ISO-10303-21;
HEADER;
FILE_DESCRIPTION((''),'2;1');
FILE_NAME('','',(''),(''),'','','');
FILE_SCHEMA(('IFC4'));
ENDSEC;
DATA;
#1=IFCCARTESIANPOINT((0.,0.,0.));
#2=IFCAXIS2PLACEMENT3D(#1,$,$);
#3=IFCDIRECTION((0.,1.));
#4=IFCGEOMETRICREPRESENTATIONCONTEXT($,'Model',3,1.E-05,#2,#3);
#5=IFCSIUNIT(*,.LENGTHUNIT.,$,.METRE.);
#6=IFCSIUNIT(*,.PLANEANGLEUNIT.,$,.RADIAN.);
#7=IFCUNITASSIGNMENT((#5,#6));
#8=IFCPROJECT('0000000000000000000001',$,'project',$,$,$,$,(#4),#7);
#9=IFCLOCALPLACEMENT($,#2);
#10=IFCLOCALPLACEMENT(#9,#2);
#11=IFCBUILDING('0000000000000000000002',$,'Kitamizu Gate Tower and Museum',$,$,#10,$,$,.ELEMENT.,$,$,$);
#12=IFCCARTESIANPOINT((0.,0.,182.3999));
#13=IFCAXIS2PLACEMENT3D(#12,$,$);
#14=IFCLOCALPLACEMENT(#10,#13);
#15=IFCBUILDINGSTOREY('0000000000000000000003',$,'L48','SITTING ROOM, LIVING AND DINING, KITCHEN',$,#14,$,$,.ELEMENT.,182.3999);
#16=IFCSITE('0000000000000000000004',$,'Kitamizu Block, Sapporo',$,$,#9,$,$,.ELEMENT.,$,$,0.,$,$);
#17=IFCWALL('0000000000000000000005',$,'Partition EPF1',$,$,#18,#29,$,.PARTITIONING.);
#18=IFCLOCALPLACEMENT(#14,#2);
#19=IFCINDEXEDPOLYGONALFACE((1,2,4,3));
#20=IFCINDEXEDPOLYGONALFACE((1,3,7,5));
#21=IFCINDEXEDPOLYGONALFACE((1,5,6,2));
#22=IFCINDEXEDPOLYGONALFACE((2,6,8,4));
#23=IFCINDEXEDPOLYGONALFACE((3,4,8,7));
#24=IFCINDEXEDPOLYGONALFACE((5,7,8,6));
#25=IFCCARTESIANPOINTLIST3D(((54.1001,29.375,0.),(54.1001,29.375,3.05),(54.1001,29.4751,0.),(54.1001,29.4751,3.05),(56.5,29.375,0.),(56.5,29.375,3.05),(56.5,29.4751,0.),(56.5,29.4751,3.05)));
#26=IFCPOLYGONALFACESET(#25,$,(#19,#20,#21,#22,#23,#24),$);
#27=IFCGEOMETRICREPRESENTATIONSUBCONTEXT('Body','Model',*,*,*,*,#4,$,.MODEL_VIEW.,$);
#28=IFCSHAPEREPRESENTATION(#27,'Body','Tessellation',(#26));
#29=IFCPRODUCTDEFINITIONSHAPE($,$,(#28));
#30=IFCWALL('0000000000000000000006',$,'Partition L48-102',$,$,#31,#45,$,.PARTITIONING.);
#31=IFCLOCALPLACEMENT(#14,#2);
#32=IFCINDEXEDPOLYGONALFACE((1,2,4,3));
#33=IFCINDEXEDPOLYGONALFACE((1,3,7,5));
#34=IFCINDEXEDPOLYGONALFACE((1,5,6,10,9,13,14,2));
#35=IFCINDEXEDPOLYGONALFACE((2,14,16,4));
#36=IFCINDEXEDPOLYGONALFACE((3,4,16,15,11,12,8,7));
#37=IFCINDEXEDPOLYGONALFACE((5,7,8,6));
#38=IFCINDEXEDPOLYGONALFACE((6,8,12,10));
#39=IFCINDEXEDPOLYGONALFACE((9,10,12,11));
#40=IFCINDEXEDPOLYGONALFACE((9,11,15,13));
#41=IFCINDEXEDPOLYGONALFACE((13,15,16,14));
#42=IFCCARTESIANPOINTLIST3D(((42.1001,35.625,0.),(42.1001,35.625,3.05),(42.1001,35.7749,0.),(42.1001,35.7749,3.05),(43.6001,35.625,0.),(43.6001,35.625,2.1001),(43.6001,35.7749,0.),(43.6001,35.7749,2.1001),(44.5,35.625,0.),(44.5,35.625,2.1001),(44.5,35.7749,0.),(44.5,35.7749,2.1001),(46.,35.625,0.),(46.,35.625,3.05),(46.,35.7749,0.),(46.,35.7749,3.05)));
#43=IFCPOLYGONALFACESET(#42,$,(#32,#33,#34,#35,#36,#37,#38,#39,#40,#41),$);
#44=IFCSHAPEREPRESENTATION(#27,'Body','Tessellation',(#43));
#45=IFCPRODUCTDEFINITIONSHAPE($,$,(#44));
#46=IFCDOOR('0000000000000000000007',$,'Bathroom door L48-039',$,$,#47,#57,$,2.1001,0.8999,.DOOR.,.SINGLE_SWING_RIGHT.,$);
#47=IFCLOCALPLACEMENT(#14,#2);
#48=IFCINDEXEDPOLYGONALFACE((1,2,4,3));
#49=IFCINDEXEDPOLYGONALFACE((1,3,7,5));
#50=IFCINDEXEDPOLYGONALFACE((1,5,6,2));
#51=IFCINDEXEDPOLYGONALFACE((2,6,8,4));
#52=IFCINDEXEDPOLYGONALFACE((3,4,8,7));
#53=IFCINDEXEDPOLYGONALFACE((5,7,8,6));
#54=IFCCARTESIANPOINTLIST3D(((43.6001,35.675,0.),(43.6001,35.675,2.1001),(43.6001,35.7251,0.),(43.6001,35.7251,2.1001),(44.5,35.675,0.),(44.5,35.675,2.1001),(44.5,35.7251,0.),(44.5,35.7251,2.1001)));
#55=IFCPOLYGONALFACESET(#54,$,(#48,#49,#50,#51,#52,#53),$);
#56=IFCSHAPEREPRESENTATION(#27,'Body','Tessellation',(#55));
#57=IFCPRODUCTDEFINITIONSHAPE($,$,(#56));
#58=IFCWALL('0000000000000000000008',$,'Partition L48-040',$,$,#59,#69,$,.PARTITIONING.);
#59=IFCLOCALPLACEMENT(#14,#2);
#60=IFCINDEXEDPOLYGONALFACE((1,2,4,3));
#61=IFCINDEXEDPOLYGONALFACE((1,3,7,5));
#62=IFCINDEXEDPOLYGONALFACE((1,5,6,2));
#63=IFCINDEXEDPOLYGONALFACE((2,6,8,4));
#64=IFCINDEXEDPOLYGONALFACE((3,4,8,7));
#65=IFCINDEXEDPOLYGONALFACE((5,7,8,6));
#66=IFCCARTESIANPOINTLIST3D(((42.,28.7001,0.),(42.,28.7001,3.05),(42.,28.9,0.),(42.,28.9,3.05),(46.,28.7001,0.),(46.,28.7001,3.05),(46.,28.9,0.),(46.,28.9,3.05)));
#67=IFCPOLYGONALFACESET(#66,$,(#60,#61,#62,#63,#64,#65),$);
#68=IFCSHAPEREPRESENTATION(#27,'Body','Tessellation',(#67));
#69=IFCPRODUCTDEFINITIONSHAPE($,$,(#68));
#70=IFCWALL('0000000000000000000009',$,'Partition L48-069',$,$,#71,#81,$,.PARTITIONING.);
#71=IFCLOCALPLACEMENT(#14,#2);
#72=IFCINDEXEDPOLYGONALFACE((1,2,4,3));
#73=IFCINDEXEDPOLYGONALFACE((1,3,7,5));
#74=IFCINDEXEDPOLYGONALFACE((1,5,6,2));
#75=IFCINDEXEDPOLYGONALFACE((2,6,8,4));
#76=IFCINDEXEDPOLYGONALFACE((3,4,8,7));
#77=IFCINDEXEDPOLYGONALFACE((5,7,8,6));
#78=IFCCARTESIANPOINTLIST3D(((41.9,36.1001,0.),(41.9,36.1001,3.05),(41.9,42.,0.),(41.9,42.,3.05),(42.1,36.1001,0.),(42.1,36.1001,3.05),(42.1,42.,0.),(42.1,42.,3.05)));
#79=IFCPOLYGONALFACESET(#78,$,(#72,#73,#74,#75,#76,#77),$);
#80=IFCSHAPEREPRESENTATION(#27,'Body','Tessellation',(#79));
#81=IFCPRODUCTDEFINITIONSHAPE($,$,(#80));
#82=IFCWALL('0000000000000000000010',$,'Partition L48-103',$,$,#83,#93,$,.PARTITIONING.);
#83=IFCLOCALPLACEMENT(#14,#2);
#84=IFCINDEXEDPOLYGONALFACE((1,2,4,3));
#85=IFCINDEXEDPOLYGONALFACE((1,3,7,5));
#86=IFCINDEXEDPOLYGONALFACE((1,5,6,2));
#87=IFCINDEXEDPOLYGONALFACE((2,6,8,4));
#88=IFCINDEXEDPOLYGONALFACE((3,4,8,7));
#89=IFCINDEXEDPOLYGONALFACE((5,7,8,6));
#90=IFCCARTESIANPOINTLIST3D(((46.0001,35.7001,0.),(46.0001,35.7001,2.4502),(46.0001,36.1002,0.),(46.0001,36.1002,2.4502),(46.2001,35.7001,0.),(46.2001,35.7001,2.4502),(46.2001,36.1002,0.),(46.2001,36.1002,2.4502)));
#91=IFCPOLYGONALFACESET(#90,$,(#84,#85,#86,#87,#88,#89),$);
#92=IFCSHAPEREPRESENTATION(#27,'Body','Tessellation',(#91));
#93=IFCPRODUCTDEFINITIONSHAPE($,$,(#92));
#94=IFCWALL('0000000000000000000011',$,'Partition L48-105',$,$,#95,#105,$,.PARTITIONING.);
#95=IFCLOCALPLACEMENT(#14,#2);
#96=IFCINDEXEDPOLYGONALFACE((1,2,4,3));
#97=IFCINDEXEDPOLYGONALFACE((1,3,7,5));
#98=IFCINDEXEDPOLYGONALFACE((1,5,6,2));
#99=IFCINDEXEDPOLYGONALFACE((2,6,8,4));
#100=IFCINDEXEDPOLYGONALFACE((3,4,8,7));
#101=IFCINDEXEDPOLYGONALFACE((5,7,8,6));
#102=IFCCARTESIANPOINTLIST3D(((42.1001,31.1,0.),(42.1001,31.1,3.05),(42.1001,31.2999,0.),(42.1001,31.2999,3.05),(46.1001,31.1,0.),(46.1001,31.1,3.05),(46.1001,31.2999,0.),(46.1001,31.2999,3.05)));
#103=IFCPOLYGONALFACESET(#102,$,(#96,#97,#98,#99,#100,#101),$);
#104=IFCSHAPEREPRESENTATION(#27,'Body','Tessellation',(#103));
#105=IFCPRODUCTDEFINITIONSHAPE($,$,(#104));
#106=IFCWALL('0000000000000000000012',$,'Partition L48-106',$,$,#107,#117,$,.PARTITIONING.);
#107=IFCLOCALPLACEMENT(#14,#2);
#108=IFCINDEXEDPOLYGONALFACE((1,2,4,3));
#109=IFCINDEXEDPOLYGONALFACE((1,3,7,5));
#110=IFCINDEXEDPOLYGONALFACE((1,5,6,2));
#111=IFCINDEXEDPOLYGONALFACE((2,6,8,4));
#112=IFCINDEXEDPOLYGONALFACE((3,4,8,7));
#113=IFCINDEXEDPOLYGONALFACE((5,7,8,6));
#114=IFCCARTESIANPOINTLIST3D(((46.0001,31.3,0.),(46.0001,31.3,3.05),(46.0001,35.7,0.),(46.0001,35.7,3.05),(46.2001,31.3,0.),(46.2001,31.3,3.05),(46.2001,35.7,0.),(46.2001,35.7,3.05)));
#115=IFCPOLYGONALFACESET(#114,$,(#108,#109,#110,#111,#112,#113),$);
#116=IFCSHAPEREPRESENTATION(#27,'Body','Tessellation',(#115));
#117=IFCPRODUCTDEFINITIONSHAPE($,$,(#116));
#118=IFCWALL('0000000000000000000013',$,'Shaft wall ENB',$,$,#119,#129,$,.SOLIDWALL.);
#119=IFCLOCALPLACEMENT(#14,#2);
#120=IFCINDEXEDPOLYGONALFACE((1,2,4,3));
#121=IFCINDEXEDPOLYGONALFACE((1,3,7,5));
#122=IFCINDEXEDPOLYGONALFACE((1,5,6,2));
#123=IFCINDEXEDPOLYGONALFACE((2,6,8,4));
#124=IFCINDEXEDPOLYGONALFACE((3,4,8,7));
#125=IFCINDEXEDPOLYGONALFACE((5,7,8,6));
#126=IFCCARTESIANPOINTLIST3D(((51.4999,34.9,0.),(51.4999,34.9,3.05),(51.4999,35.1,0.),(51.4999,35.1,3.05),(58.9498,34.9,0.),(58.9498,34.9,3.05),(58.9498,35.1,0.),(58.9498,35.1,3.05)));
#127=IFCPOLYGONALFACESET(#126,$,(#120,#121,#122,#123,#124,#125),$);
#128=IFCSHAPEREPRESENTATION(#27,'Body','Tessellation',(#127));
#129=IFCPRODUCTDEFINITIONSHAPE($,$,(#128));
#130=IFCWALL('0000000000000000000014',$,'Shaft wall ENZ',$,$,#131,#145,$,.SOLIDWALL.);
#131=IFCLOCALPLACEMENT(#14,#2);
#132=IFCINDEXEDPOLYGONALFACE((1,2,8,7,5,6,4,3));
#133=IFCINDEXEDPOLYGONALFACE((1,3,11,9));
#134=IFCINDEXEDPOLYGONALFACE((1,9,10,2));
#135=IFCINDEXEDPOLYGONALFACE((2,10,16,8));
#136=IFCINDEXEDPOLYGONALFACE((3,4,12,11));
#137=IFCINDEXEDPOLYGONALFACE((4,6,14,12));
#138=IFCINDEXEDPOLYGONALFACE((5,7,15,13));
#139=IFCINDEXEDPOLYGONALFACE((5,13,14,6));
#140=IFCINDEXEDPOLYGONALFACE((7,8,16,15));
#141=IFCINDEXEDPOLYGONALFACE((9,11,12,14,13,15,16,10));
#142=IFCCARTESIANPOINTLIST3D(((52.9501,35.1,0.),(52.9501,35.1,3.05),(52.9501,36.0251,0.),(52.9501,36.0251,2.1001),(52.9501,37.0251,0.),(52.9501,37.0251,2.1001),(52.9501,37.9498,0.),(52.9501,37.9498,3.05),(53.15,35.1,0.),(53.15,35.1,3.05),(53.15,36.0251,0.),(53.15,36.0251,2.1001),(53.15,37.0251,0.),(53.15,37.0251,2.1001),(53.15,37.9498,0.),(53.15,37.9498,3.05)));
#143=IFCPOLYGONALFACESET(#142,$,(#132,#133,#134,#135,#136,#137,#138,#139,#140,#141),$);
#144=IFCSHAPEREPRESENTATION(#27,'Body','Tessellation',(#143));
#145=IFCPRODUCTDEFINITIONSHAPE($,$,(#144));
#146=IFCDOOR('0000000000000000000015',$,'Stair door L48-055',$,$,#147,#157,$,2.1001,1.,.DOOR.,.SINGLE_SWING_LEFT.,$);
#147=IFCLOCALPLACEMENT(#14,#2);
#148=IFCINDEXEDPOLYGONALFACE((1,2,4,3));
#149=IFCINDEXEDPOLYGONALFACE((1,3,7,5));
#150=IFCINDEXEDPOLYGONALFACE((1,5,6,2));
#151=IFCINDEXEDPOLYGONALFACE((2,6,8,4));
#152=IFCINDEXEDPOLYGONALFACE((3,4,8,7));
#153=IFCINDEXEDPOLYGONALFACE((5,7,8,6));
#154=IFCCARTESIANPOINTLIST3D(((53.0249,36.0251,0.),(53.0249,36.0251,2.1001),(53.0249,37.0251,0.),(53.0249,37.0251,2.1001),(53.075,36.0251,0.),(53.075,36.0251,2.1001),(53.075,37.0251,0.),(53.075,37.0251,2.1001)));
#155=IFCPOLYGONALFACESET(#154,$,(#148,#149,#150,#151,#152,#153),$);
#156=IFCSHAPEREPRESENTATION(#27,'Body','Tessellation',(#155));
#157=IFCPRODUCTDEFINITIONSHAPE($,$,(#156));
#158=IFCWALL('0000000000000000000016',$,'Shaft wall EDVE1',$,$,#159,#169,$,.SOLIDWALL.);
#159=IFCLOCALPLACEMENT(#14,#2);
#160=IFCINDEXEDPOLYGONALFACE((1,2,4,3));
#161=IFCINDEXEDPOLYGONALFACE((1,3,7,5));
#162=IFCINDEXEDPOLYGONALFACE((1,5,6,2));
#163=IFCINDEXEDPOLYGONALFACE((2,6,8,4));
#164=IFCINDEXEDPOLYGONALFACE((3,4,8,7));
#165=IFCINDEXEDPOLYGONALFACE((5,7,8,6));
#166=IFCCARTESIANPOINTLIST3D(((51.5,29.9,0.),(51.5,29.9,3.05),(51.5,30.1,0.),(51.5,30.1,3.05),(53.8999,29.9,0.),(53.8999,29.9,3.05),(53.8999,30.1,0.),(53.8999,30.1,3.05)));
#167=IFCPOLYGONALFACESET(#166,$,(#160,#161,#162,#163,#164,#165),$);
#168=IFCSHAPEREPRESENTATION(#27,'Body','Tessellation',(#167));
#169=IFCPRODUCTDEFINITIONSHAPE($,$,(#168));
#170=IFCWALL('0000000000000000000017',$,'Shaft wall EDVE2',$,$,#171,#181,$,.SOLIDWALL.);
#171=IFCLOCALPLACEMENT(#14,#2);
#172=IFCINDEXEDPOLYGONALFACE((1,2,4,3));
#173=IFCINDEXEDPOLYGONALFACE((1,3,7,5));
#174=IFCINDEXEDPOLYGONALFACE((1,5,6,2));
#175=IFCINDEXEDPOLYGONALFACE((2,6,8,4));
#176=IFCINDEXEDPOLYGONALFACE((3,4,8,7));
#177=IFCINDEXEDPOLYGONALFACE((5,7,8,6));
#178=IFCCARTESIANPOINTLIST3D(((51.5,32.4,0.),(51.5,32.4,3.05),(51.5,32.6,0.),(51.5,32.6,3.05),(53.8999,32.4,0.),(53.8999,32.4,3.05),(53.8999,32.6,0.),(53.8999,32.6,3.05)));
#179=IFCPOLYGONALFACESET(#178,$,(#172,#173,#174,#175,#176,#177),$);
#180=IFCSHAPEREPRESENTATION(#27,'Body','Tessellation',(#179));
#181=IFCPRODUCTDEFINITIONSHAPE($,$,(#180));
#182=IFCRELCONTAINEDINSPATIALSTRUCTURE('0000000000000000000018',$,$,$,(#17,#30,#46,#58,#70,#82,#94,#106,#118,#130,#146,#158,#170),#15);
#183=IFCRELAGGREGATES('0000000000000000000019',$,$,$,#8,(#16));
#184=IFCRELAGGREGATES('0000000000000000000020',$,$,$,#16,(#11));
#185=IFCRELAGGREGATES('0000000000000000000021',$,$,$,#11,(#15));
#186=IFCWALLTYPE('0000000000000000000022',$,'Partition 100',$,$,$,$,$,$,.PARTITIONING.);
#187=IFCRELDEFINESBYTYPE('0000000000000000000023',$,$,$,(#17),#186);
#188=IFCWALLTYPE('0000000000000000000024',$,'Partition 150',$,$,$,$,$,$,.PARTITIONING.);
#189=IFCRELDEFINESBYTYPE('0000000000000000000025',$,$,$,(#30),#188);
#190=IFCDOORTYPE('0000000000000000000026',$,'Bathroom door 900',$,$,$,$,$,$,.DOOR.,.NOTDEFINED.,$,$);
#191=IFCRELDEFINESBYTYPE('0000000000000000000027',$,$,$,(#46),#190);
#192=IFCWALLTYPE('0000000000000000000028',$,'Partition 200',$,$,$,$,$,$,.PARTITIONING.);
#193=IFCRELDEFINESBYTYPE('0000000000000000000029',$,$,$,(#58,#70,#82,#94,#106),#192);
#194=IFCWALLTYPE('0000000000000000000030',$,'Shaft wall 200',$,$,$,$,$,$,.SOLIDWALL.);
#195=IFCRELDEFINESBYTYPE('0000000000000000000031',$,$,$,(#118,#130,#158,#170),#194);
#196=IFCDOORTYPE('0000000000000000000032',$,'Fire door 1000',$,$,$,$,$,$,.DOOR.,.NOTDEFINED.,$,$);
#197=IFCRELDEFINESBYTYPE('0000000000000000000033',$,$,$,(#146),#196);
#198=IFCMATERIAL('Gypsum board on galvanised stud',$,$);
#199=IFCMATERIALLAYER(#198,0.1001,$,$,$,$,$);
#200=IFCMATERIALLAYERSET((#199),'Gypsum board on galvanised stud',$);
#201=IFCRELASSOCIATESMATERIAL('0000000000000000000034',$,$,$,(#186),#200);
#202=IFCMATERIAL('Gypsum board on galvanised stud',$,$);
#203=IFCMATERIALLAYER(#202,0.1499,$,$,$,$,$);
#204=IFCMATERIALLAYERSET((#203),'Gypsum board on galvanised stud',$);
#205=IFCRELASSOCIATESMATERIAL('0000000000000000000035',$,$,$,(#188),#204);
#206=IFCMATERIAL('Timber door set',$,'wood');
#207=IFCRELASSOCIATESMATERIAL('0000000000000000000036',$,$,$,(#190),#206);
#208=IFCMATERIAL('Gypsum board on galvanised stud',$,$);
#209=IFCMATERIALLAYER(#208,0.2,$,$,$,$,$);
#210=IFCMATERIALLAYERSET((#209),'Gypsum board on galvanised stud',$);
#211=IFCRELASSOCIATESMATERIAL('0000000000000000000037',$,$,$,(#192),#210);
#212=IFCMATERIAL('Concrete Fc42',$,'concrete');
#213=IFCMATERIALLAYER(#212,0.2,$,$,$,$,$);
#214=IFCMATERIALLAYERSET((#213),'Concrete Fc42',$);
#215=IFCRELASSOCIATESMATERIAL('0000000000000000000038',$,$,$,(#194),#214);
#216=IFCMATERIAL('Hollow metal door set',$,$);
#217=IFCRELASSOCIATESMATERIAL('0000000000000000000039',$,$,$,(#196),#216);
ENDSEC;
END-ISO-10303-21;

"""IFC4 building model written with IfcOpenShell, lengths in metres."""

from ifc_helpers import new_model, si_unit, direction, frame, frame_2d, origin, place, context, subcontext, project, spatial, rectangle, extrude, material, layer, layer_set, type_object, element, fill, save


model = new_model("IFC4")

# Units and contexts
model_context = context("Model", 3, precision=1e-05, world=origin(), true_north=direction((0.0, 1.0)))
body_context = subcontext(model_context, "Body", "Model", "MODEL_VIEW")
ifc_project = project(units=[si_unit("LENGTHUNIT", "METRE"), si_unit("PLANEANGLEUNIT", "RADIAN")], contexts=[model_context])

# Site, building, storey
site_placement = place(None, origin())
site = spatial("IfcSite", under=ifc_project, at=site_placement, Name="Kitamizu Block, Sapporo", CompositionType="ELEMENT", RefElevation=0.0)
building_placement = place(site_placement, origin())
building = spatial("IfcBuilding", under=site, at=building_placement, Name="Kitamizu Gate Tower and Museum", CompositionType="ELEMENT")
storey_placement = place(building_placement, frame((0.0, 0.0, 182.3999)))
storey = spatial("IfcBuildingStorey", under=building, at=storey_placement, Name="L48", Description="SITTING ROOM, LIVING AND DINING, KITCHEN", CompositionType="ELEMENT", Elevation=182.3999)

# Wall
ifc_material_1 = material(Name="Gypsum board on galvanised stud")
ifc_layer_1 = layer(ifc_material_1, 0.1001)
ifc_layer_set_1 = layer_set([ifc_layer_1], Name="Gypsum board on galvanised stud")
wall_type_1 = type_object("IfcWallType", Name="Partition 100", PredefinedType="PARTITIONING", material=ifc_layer_set_1)
wall_1_placement = place(storey_placement, frame((56.5, 29.425, 0.0), z_axis=(0.0, 0.0, 1.0), x_axis=(-1.0, 0.0, 0.0)))
element("IfcWall", 1, at=wall_1_placement, inside=storey, type_object=wall_type_1, Name="Partition EPF1", PredefinedType="PARTITIONING", context=body_context, shape_type="SweptSolid", body=[
    extrude(rectangle(XDim=2.3999, YDim=0.1001, at=frame_2d((1.2, 0.0))), origin(), (0.0, 0.0, 1.0), 3.05),
])

# Wall, opening, door
ifc_material_2 = material(Name="Gypsum board on galvanised stud")
ifc_layer_2 = layer(ifc_material_2, 0.1499)
ifc_layer_set_2 = layer_set([ifc_layer_2], Name="Gypsum board on galvanised stud")
wall_type_2 = type_object("IfcWallType", Name="Partition 150", PredefinedType="PARTITIONING", material=ifc_layer_set_2)
wall_2_placement = place(storey_placement, frame((42.1001, 35.7, 0.0), z_axis=(0.0, 0.0, 1.0), x_axis=(1.0, 0.0, 0.0)))
wall_2 = element("IfcWall", 2, at=wall_2_placement, inside=storey, type_object=wall_type_2, Name="Partition L48-102", PredefinedType="PARTITIONING", context=body_context, shape_type="SweptSolid", body=[
    extrude(rectangle(XDim=3.8999, YDim=0.1499, at=frame_2d((1.95, 0.0))), origin(), (0.0, 0.0, 1.0), 3.05),
])
opening_1_placement = place(wall_2_placement, frame((1.5, 0.0, 0.0)))
opening_1 = element("IfcOpeningElement", 3, at=opening_1_placement, cuts=wall_2, PredefinedType="OPENING", context=body_context, shape_type="SweptSolid", body=[
    extrude(rectangle(XDim=0.8999, YDim=2.1001, at=frame_2d((0.45, 1.05))), frame((0.0, 0.085, 0.0), z_axis=(0.0, -1.0, 0.0), x_axis=(1.0, 0.0, 0.0)), (0.0, 0.0, 1.0), 0.1699),
])
ifc_material_3 = material(Name="Timber door set", Category="wood")
door_type_1 = type_object("IfcDoorType", Name="Bathroom door 900", OperationType="NOTDEFINED", PredefinedType="DOOR", material=ifc_material_3)
door_1_placement = place(opening_1_placement, frame((0.8999, 0.0, 0.0), x_axis=(-1.0, 0.0, 0.0)))
door_1 = element("IfcDoor", 4, at=door_1_placement, inside=storey, type_object=door_type_1, Name="Bathroom door L48-039", OperationType="SINGLE_SWING_RIGHT", OverallHeight=2.1001, OverallWidth=0.8999, PredefinedType="DOOR", context=body_context, shape_type="SweptSolid", body=[
    extrude(rectangle(XDim=0.8999, YDim=2.1001, at=frame_2d((0.45, 1.05))), frame((0.0, 0.0249, 0.0), z_axis=(0.0, -1.0, 0.0), x_axis=(1.0, 0.0, 0.0)), (0.0, 0.0, 1.0), 0.05),
])
fill(opening_1, door_1)

# Walls
ifc_material_4 = material(Name="Gypsum board on galvanised stud")
ifc_layer_3 = layer(ifc_material_4, 0.2)
ifc_layer_set_3 = layer_set([ifc_layer_3], Name="Gypsum board on galvanised stud")
wall_type_3 = type_object("IfcWallType", Name="Partition 200", PredefinedType="PARTITIONING", material=ifc_layer_set_3)
wall_3_placement = place(storey_placement, frame((46.0, 28.8, 0.0), z_axis=(0.0, 0.0, 1.0), x_axis=(-1.0, 0.0, 0.0)))
element("IfcWall", 5, at=wall_3_placement, inside=storey, type_object=wall_type_3, Name="Partition L48-040", PredefinedType="PARTITIONING", context=body_context, shape_type="SweptSolid", body=[
    extrude(rectangle(XDim=4.0, YDim=0.2, at=frame_2d((2.0, 0.0))), origin(), (0.0, 0.0, 1.0), 3.05),
])
wall_4_placement = place(storey_placement, frame((42.0, 36.1001, 0.0), z_axis=(0.0, 0.0, 1.0), x_axis=(0.0, 1.0, 0.0)))
element("IfcWall", 6, at=wall_4_placement, inside=storey, type_object=wall_type_3, Name="Partition L48-069", PredefinedType="PARTITIONING", context=body_context, shape_type="SweptSolid", body=[
    extrude(rectangle(XDim=5.8999, YDim=0.2, at=frame_2d((2.95, 0.0))), origin(), (0.0, 0.0, 1.0), 3.05),
])
wall_5_placement = place(storey_placement, frame((46.1001, 35.7, 0.0), z_axis=(0.0, 0.0, 1.0), x_axis=(0.0, 1.0, 0.0)))
element("IfcWall", 7, at=wall_5_placement, inside=storey, type_object=wall_type_3, Name="Partition L48-103", PredefinedType="PARTITIONING", context=body_context, shape_type="SweptSolid", body=[
    extrude(rectangle(XDim=0.4001, YDim=0.2, at=frame_2d((0.2002, 0.0))), origin(), (0.0, 0.0, 1.0), 2.4502),
])
wall_6_placement = place(storey_placement, frame((42.1001, 31.2, 0.0), z_axis=(0.0, 0.0, 1.0), x_axis=(1.0, 0.0, 0.0)))
element("IfcWall", 8, at=wall_6_placement, inside=storey, type_object=wall_type_3, Name="Partition L48-105", PredefinedType="PARTITIONING", context=body_context, shape_type="SweptSolid", body=[
    extrude(rectangle(XDim=4.0, YDim=0.2, at=frame_2d((2.0, 0.0))), origin(), (0.0, 0.0, 1.0), 3.05),
])
wall_7_placement = place(storey_placement, frame((46.1001, 31.3, 0.0), z_axis=(0.0, 0.0, 1.0), x_axis=(0.0, 1.0, 0.0)))
element("IfcWall", 9, at=wall_7_placement, inside=storey, type_object=wall_type_3, Name="Partition L48-106", PredefinedType="PARTITIONING", context=body_context, shape_type="SweptSolid", body=[
    extrude(rectangle(XDim=4.3999, YDim=0.2, at=frame_2d((2.2, 0.0))), origin(), (0.0, 0.0, 1.0), 3.05),
])
ifc_material_5 = material(Name="Concrete Fc42", Category="concrete")
ifc_layer_4 = layer(ifc_material_5, 0.2)
ifc_layer_set_4 = layer_set([ifc_layer_4], Name="Concrete Fc42")
wall_type_4 = type_object("IfcWallType", Name="Shaft wall 200", PredefinedType="SOLIDWALL", material=ifc_layer_set_4)
wall_8_placement = place(storey_placement, frame((58.95, 35.0, 0.0), z_axis=(0.0, 0.0, 1.0), x_axis=(-1.0, 0.0, 0.0)))
element("IfcWall", 10, at=wall_8_placement, inside=storey, type_object=wall_type_4, Name="Shaft wall ENB", PredefinedType="SOLIDWALL", context=body_context, shape_type="SweptSolid", body=[
    extrude(rectangle(XDim=7.45, YDim=0.2, at=frame_2d((3.7251, 0.0))), origin(), (0.0, 0.0, 1.0), 3.05),
])

# Wall, opening, door
wall_9_placement = place(storey_placement, frame((53.05, 35.1001, 0.0), z_axis=(0.0, 0.0, 1.0), x_axis=(0.0, 1.0, 0.0)))
wall_9 = element("IfcWall", 11, at=wall_9_placement, inside=storey, type_object=wall_type_4, Name="Shaft wall ENZ", PredefinedType="SOLIDWALL", context=body_context, shape_type="SweptSolid", body=[
    extrude(rectangle(XDim=2.8499, YDim=0.2, at=frame_2d((1.4248, 0.0))), origin(), (0.0, 0.0, 1.0), 3.05),
])
opening_2_placement = place(wall_9_placement, frame((0.925, 0.0, 0.0)))
opening_2 = element("IfcOpeningElement", 12, at=opening_2_placement, cuts=wall_9, PredefinedType="OPENING", context=body_context, shape_type="SweptSolid", body=[
    extrude(rectangle(XDim=1.0, YDim=2.1001, at=frame_2d((0.5, 1.05))), frame((0.0, 0.1099, 0.0), z_axis=(0.0, -1.0, 0.0), x_axis=(1.0, 0.0, 0.0)), (0.0, 0.0, 1.0), 0.22),
])
ifc_material_6 = material(Name="Hollow metal door set")
door_type_2 = type_object("IfcDoorType", Name="Fire door 1000", OperationType="NOTDEFINED", PredefinedType="DOOR", material=ifc_material_6)
door_2_placement = place(opening_2_placement, frame((1.0, 0.0, 0.0), x_axis=(-1.0, 0.0, 0.0)))
door_2 = element("IfcDoor", 13, at=door_2_placement, inside=storey, type_object=door_type_2, Name="Stair door L48-055", OperationType="SINGLE_SWING_LEFT", OverallHeight=2.1001, OverallWidth=1.0, PredefinedType="DOOR", context=body_context, shape_type="SweptSolid", body=[
    extrude(rectangle(XDim=1.0, YDim=2.1001, at=frame_2d((0.5, 1.05))), frame((0.0, 0.0249, 0.0), z_axis=(0.0, -1.0, 0.0), x_axis=(1.0, 0.0, 0.0)), (0.0, 0.0, 1.0), 0.05),
])
fill(opening_2, door_2)

# Walls
for number, where, z_axis, x_axis, name in (
    (14, (53.8999, 30.0, 0.0), (0.0, 0.0, 1.0), (-1.0, 0.0, 0.0), "Shaft wall EDVE1"),
    (15, (53.8999, 32.5, 0.0), (0.0, 0.0, 1.0), (-1.0, 0.0, 0.0), "Shaft wall EDVE2"),
):
    element("IfcWall", number, at=place(storey_placement, frame(where, z_axis=z_axis, x_axis=x_axis)), inside=storey, type_object=wall_type_4, Name=name, PredefinedType="SOLIDWALL", context=body_context, shape_type="SweptSolid", body=[
        extrude(rectangle(XDim=2.3999, YDim=0.2, at=frame_2d((1.2, 0.0))), origin(), (0.0, 0.0, 1.0), 3.05),
    ])

save(model, "model.ifc")
